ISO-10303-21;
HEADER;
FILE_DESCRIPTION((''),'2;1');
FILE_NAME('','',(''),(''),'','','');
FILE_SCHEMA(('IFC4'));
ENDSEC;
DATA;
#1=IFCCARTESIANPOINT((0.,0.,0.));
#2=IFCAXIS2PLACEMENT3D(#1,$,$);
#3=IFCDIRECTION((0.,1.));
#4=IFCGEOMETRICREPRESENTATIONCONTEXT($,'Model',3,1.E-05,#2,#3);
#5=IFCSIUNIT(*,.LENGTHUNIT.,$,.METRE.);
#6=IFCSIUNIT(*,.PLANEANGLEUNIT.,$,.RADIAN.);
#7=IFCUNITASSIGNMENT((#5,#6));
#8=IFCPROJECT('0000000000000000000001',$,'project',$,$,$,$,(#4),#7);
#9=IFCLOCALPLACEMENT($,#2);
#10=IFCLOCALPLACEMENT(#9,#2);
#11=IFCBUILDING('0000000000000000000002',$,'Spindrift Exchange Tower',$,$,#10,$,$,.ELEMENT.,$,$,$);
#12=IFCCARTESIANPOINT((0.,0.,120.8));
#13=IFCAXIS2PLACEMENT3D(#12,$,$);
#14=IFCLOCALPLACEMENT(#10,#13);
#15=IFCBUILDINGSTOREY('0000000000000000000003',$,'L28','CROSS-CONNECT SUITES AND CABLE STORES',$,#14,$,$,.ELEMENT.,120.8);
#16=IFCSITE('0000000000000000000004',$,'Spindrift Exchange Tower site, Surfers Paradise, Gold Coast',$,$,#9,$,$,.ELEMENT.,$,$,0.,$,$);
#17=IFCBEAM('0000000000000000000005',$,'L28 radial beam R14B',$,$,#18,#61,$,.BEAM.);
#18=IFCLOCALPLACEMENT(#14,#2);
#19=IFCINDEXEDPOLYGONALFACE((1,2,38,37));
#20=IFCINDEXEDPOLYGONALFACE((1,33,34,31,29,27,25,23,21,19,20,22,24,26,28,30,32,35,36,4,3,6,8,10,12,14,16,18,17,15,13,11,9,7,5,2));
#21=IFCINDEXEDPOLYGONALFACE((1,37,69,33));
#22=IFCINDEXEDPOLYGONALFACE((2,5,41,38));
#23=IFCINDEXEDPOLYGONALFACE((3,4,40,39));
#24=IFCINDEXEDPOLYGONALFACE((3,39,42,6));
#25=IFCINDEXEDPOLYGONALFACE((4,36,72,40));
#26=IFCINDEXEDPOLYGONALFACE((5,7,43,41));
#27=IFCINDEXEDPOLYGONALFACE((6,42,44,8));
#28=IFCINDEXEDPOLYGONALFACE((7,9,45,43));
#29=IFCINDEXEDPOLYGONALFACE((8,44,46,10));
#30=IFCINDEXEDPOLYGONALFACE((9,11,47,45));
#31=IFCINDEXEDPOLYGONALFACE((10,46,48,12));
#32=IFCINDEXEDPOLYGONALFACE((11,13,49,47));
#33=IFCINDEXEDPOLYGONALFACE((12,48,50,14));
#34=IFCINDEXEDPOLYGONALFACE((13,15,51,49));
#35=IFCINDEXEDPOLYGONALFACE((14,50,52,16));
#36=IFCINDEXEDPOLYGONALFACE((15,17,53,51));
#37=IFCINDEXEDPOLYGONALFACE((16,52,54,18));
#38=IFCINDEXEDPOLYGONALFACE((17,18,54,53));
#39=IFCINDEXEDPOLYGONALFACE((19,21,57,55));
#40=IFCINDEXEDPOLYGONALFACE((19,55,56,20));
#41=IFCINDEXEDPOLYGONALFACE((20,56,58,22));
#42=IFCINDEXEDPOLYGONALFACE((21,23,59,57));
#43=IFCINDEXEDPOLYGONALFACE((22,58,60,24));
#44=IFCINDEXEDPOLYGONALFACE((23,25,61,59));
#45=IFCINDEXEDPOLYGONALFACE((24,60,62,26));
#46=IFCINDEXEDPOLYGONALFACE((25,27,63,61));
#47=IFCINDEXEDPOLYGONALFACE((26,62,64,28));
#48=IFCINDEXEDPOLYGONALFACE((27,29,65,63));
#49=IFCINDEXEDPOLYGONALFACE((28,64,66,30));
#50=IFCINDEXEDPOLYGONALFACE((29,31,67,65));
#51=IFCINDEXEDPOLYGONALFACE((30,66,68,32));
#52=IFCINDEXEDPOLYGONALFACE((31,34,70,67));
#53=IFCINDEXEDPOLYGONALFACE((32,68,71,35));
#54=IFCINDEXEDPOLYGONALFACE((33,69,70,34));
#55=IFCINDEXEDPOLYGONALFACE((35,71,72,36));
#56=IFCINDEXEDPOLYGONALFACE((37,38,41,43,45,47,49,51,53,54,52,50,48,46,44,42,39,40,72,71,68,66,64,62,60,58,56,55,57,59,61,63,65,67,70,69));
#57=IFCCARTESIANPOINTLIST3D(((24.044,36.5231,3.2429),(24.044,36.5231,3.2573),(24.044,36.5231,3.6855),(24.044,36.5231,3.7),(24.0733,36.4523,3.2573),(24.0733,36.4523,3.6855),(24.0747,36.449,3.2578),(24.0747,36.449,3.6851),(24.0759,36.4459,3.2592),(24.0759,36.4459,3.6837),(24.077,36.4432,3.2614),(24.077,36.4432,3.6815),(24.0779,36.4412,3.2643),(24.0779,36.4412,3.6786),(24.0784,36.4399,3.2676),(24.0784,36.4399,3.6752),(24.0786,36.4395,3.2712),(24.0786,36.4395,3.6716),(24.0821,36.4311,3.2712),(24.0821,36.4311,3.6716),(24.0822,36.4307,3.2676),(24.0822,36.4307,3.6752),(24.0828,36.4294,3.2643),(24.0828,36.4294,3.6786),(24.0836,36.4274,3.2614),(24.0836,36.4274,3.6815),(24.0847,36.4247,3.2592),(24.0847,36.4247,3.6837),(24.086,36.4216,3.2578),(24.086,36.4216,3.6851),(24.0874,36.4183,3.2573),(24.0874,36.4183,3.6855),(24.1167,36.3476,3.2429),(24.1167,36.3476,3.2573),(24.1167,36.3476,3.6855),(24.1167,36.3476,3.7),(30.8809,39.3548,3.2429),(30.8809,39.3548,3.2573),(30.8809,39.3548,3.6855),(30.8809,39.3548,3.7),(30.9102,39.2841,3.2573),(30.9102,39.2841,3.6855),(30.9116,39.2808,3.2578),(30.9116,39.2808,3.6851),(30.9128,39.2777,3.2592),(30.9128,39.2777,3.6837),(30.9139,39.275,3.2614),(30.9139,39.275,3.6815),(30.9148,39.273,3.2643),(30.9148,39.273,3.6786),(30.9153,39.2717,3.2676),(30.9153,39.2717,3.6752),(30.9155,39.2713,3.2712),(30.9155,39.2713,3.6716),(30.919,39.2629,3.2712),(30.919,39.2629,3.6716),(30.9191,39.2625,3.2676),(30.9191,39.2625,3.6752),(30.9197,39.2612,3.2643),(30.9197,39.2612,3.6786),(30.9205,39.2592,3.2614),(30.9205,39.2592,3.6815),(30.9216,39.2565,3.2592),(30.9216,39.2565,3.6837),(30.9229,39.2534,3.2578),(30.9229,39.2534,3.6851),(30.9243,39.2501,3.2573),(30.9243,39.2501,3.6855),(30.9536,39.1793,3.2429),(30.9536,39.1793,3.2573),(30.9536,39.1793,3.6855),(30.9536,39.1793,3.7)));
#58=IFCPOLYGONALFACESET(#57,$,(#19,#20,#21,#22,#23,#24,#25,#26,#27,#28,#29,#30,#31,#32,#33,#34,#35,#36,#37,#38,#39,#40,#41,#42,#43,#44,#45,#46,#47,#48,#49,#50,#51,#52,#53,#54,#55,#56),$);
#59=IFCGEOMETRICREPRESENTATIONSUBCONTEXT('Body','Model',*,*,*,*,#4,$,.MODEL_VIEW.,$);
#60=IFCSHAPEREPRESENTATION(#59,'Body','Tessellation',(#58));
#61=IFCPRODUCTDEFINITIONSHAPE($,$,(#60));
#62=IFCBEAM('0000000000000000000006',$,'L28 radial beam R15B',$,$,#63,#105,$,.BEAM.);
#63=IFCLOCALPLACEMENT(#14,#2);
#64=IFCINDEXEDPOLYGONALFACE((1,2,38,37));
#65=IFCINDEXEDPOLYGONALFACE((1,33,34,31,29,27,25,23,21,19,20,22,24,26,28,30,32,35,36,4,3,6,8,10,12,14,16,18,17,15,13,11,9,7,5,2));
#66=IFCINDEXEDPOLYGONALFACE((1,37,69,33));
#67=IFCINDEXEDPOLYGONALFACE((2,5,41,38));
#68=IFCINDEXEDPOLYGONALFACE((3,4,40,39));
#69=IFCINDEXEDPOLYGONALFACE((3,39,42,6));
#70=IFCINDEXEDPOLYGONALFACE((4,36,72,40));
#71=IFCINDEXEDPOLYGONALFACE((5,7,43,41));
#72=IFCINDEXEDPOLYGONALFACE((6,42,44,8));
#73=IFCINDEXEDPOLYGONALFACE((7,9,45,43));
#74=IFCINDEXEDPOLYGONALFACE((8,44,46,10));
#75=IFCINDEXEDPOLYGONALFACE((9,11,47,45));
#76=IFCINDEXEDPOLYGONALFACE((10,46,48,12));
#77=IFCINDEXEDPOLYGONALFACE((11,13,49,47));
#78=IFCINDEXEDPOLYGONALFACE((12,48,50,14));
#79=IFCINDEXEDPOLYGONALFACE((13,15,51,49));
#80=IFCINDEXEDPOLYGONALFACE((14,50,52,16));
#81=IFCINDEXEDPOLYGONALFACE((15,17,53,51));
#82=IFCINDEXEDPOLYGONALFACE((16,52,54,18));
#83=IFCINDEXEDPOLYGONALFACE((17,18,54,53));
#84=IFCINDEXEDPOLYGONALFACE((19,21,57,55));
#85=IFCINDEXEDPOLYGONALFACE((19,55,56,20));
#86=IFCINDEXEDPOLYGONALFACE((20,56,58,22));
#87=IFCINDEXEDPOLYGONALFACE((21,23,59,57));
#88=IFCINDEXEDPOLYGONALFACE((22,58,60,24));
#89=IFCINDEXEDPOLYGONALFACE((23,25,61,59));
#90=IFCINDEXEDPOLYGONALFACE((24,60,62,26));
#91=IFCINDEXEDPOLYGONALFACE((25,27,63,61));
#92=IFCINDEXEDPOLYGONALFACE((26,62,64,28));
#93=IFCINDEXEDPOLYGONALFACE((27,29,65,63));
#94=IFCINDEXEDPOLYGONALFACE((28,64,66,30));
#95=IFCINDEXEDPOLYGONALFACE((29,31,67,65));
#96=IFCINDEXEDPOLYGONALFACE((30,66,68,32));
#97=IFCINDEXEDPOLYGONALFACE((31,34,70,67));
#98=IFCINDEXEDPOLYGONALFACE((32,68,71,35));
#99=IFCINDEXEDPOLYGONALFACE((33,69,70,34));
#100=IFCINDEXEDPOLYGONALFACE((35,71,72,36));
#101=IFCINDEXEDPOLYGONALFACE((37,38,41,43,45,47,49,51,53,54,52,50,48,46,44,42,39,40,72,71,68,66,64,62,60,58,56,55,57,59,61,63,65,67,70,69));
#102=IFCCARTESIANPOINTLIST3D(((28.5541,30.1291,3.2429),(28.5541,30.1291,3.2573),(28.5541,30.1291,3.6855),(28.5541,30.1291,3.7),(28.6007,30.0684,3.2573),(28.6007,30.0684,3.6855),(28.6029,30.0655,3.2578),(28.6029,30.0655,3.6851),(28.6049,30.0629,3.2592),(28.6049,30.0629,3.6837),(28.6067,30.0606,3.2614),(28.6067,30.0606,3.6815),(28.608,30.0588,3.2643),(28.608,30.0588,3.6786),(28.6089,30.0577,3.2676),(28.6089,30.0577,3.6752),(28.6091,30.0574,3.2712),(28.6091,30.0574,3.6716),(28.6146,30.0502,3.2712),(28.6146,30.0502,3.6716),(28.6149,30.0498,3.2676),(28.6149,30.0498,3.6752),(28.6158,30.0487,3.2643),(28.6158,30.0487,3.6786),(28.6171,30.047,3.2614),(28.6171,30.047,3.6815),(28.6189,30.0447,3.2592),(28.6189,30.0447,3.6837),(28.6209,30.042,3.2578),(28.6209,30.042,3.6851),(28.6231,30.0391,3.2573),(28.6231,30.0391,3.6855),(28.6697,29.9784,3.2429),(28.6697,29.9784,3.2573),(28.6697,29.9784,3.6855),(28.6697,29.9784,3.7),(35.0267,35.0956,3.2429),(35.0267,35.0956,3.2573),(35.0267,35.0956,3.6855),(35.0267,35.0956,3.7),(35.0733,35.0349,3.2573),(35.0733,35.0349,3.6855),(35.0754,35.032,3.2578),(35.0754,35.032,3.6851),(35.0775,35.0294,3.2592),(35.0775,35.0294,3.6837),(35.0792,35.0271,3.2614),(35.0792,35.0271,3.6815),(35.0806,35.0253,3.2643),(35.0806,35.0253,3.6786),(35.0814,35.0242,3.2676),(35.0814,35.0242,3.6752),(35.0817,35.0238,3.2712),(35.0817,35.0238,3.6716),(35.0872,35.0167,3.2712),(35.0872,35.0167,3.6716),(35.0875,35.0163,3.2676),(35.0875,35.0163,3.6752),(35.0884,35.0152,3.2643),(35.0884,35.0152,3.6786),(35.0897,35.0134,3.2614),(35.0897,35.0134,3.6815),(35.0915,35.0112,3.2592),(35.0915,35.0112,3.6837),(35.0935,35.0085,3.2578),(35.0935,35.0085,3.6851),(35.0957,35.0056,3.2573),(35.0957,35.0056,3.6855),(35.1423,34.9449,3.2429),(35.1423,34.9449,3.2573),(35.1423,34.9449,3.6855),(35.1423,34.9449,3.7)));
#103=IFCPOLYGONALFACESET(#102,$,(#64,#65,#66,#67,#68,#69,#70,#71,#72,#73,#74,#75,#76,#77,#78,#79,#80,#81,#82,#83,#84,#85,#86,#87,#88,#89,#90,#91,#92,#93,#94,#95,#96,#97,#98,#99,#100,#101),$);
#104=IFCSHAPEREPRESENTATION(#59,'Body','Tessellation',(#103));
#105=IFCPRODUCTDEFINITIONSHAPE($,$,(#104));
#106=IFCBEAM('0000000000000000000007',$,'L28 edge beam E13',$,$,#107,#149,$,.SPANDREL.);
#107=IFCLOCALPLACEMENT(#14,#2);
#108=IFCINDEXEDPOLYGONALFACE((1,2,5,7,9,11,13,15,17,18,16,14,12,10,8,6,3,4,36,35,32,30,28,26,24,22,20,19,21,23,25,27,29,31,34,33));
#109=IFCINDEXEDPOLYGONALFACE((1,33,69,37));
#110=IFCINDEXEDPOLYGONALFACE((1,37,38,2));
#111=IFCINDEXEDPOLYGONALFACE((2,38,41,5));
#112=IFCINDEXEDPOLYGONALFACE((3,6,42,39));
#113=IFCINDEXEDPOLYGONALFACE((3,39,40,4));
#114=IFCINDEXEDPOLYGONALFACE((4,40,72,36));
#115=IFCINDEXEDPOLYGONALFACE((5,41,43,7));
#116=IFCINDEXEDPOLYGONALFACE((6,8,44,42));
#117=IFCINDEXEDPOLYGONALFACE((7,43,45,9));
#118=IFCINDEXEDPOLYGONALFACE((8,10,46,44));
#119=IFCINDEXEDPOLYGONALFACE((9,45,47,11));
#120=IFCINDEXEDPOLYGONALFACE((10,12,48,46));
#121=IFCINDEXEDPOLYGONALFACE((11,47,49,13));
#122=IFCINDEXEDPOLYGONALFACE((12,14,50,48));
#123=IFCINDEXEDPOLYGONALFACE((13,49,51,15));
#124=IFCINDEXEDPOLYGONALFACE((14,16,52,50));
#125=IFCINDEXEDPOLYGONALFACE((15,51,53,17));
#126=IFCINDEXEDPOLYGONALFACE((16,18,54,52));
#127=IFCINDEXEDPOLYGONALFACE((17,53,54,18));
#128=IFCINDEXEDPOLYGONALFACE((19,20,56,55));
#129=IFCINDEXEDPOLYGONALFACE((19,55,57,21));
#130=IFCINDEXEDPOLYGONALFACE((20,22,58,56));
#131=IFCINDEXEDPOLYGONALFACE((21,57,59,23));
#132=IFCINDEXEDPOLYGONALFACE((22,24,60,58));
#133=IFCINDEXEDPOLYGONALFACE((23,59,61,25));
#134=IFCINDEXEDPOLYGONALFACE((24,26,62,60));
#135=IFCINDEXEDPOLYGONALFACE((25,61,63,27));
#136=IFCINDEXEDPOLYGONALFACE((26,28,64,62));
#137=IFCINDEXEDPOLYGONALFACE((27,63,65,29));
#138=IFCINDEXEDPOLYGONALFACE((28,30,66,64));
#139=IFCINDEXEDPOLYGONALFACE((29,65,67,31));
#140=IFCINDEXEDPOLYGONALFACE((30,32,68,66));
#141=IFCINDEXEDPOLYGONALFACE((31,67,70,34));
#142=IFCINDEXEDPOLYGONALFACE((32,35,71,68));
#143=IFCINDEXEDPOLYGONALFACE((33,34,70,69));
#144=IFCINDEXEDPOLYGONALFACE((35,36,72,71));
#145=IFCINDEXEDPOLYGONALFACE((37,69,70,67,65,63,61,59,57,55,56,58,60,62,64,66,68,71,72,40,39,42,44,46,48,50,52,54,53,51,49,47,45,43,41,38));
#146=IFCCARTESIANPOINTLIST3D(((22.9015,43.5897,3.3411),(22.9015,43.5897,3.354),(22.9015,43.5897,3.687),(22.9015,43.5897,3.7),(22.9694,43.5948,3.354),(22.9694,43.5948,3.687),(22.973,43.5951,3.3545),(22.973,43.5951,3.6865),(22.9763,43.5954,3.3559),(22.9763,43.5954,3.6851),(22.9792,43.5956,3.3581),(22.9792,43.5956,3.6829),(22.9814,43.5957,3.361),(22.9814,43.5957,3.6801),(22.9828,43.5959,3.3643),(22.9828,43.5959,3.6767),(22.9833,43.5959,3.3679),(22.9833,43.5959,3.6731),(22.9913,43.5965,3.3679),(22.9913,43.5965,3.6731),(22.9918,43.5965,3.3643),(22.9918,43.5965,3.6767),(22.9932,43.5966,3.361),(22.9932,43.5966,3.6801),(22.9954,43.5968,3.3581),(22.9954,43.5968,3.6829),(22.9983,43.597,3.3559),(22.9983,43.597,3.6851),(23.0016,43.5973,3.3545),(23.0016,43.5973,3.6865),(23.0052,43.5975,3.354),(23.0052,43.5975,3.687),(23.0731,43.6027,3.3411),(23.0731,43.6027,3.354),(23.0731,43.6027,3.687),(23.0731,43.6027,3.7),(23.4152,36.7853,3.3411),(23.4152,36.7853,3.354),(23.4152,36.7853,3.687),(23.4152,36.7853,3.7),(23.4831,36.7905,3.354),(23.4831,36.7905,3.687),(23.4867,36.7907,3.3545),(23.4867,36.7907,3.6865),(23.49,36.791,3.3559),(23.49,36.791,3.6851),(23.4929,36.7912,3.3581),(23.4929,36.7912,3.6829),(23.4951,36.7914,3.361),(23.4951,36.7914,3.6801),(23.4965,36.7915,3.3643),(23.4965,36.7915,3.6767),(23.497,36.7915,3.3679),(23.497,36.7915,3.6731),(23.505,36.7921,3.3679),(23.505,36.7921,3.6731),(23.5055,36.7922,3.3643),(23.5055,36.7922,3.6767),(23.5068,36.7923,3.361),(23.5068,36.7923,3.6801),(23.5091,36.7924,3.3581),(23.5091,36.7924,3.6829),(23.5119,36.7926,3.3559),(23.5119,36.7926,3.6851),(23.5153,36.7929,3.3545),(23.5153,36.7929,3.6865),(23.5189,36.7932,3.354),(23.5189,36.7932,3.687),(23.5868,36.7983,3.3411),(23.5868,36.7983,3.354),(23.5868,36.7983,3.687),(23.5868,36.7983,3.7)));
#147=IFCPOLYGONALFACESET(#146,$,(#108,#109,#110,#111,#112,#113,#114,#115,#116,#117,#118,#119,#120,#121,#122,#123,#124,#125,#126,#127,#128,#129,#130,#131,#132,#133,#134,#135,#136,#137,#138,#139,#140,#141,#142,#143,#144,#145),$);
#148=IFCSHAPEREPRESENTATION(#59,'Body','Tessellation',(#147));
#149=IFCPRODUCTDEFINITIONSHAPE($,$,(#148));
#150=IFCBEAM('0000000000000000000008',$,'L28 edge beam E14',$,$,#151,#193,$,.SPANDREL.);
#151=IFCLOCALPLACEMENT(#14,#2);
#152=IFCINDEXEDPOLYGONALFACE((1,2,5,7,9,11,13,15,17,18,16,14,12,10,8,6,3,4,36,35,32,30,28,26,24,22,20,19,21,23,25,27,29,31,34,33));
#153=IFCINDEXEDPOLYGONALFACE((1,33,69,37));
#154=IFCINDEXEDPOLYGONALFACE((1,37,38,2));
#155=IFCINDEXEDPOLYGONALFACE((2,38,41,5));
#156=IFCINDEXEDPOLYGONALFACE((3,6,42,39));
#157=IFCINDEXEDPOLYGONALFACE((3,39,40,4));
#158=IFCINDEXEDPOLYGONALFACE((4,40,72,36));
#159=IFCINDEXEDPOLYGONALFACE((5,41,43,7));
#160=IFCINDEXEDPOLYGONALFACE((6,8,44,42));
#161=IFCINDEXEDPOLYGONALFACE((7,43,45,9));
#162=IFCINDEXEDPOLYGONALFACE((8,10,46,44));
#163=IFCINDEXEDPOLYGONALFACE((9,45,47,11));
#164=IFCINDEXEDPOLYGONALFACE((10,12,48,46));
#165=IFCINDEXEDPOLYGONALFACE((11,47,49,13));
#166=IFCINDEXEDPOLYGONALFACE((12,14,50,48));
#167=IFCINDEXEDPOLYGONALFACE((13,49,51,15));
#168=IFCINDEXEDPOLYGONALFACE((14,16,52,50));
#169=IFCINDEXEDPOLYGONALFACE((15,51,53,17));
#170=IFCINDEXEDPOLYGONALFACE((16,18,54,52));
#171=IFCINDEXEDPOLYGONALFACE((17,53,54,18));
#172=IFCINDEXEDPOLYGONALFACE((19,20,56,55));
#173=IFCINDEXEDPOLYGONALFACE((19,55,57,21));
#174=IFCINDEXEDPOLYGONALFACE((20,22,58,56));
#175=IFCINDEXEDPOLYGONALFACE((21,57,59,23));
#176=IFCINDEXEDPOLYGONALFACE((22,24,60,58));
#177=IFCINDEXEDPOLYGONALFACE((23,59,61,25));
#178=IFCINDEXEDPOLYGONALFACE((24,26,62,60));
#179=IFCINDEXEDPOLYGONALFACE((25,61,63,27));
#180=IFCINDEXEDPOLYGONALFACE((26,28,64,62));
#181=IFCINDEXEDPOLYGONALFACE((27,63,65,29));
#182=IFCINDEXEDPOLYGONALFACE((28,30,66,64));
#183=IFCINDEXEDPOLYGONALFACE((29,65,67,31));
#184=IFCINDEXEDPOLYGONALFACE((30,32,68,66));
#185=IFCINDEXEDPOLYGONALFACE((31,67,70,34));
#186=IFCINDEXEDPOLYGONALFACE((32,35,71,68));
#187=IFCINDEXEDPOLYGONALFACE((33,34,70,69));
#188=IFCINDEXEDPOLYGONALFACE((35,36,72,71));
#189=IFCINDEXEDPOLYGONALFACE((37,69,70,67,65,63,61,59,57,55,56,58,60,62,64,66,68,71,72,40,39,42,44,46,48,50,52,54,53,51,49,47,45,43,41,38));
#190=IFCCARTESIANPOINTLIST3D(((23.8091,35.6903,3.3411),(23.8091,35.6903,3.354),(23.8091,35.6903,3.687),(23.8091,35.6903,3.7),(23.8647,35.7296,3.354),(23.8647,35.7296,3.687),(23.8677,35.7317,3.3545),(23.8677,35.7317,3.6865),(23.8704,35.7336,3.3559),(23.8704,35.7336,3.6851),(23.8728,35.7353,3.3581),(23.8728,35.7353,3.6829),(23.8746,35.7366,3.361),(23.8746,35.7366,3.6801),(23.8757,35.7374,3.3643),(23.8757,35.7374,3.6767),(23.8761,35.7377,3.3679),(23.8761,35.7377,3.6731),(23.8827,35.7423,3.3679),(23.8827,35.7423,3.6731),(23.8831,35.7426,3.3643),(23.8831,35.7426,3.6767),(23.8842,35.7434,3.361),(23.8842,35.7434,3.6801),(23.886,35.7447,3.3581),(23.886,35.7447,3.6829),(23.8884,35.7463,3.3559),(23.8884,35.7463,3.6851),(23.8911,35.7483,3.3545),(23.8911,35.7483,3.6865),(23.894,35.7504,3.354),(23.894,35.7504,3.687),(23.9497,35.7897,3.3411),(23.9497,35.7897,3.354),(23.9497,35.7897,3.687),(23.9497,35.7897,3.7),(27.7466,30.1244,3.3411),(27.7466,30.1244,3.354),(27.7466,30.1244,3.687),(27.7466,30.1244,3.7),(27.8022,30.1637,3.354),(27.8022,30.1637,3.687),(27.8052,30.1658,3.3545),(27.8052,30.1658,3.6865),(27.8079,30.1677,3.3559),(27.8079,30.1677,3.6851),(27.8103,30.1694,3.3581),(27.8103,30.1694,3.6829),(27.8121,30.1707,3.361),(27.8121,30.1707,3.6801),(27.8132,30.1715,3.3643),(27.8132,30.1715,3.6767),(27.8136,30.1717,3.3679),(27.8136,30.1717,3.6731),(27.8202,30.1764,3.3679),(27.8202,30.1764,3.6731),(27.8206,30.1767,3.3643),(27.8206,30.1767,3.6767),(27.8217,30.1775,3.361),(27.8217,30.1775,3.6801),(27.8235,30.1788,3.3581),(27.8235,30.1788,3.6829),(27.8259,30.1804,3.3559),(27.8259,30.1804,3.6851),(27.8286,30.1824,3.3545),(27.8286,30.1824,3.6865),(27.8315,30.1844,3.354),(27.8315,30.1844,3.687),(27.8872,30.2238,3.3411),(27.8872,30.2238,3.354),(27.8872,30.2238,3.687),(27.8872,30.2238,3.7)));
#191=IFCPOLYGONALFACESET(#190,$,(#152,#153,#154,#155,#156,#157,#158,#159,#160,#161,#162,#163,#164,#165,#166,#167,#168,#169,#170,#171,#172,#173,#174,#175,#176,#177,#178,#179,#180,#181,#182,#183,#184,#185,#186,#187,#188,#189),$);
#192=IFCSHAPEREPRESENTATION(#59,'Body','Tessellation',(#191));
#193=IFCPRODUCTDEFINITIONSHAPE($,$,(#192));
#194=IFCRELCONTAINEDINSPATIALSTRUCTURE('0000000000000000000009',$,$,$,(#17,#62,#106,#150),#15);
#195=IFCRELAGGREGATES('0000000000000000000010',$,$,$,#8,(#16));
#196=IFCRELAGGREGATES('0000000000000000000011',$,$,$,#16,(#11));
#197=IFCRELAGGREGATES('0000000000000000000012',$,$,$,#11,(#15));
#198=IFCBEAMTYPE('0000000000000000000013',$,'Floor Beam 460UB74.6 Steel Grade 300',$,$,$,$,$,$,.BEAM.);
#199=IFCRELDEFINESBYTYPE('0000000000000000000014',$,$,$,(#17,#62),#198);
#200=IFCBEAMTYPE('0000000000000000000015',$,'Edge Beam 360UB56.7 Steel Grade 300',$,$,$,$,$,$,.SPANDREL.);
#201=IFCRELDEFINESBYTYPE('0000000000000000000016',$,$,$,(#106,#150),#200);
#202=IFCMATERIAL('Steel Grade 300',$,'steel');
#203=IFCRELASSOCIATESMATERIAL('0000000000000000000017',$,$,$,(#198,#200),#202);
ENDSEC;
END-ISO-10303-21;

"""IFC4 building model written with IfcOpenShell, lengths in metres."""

from ifc_helpers import new_model, si_unit, direction, frame, origin, origin_2d, place, context, subcontext, project, spatial, i_section, extrude, source, transform, mapped, material, material_profile, profile_set, type_object, element, save


model = new_model("IFC4")

# Units and contexts
model_context = context("Model", 3, precision=1e-05, world=origin(), true_north=direction((0.0, 1.0)))
body_context = subcontext(model_context, "Body", "Model", "MODEL_VIEW")
ifc_project = project(units=[si_unit("LENGTHUNIT", "METRE"), si_unit("PLANEANGLEUNIT", "RADIAN")], contexts=[model_context])

# Site, building, storey
site_placement = place(None, origin())
site = spatial("IfcSite", under=ifc_project, at=site_placement, Name="Spindrift Exchange Tower site, Surfers Paradise, Gold Coast", CompositionType="ELEMENT", RefElevation=0.0)
building_placement = place(site_placement, origin())
building = spatial("IfcBuilding", under=site, at=building_placement, Name="Spindrift Exchange Tower", CompositionType="ELEMENT")
storey_placement = place(building_placement, frame((0.0, 0.0, 120.8)))
storey = spatial("IfcBuildingStorey", under=building, at=storey_placement, Name="L28", Description="CROSS-CONNECT SUITES AND CABLE STORES", CompositionType="ELEMENT", Elevation=120.8)

# Beams
ifc_material_1 = material(Name="Steel Grade 300", Category="steel")
ifc_material_profile_1 = material_profile(ifc_material_1, i_section(OverallWidth=0.1899, OverallDepth=0.457, WebThickness=0.009, FlangeThickness=0.0144, FilletRadius=0.0139, at=origin_2d()), Name="460UB74.6")
ifc_profile_set_1 = profile_set([ifc_material_profile_1], Name="Steel Grade 300")
beam_type_1 = type_object("IfcBeamType", Name="Floor Beam 460UB74.6 Steel Grade 300", PredefinedType="BEAM", material=ifc_profile_set_1)
shared_shape_1 = source(origin(), body_context, "Body", "SweptSolid", [
    extrude(i_section(OverallWidth=0.1899, OverallDepth=0.457, WebThickness=0.009, FlangeThickness=0.0144, FilletRadius=0.0139, at=origin_2d()), origin(), (0.0, 0.0, 1.0), 7.4001),
])
beam_1_placement = place(storey_placement, frame((30.9172, 39.2671, 3.4714), z_axis=(-0.923887, -0.382666, 0.0), x_axis=(0.382666, -0.923887, 0.0)))
element("IfcBeam", 1, at=beam_1_placement, inside=storey, type_object=beam_type_1, Name="L28 radial beam R14B", PredefinedType="BEAM", context=body_context, shape_type="MappedRepresentation", body=[
    mapped(shared_shape_1, transform((0.0, 0.0, 0.0), scale=1.0)),
])
shared_shape_2 = source(origin(), body_context, "Body", "SweptSolid", [
    extrude(i_section(OverallWidth=0.1899, OverallDepth=0.457, WebThickness=0.009, FlangeThickness=0.0144, FilletRadius=0.0139, at=origin_2d()), origin(), (0.0, 0.0, 1.0), 8.1584),
])
beam_2_placement = place(storey_placement, frame((35.0845, 35.0203, 3.4714), z_axis=(-0.793359, -0.608754, 0.0), x_axis=(0.608754, -0.793359, 0.0)))
element("IfcBeam", 2, at=beam_2_placement, inside=storey, type_object=beam_type_1, Name="L28 radial beam R15B", PredefinedType="BEAM", context=body_context, shape_type="MappedRepresentation", body=[
    mapped(shared_shape_2, transform((0.0, 0.0, 0.0), scale=1.0)),
])
ifc_material_profile_2 = material_profile(ifc_material_1, i_section(OverallWidth=0.1721, OverallDepth=0.3589, WebThickness=0.0081, FlangeThickness=0.0129, FilletRadius=0.0139, at=origin_2d()), Name="360UB56.7")
ifc_profile_set_2 = profile_set([ifc_material_profile_2], Name="Steel Grade 300")
beam_type_2 = type_object("IfcBeamType", Name="Edge Beam 360UB56.7 Steel Grade 300", PredefinedType="SPANDREL", material=ifc_profile_set_2)
shared_shape_3 = source(origin(), body_context, "Body", "SweptSolid", [
    extrude(i_section(OverallWidth=0.1721, OverallDepth=0.3589, WebThickness=0.0081, FlangeThickness=0.0129, FilletRadius=0.0139, at=origin_2d()), origin(), (0.0, 0.0, 1.0), 6.8237),
])
beam_3_placement = place(storey_placement, frame((22.9873, 43.5962, 3.5205), z_axis=(0.075276, -0.997163, 0.0), x_axis=(0.997163, 0.075276, 0.0)))
element("IfcBeam", 3, at=beam_3_placement, inside=storey, type_object=beam_type_2, Name="L28 edge beam E13", PredefinedType="SPANDREL", context=body_context, shape_type="MappedRepresentation", body=[
    mapped(shared_shape_3, transform((0.0, 0.0, 0.0), scale=1.0)),
])
shared_shape_4 = source(origin(), body_context, "Body", "SweptSolid", [
    extrude(i_section(OverallWidth=0.1721, OverallDepth=0.3589, WebThickness=0.0081, FlangeThickness=0.0129, FilletRadius=0.0139, at=origin_2d()), origin(), (0.0, 0.0, 1.0), 6.8179),
])
beam_4_placement = place(storey_placement, frame((23.8794, 35.74, 3.5205), z_axis=(0.577526, -0.816372, 0.0), x_axis=(0.816372, 0.577526, 0.0)))
element("IfcBeam", 4, at=beam_4_placement, inside=storey, type_object=beam_type_2, Name="L28 edge beam E14", PredefinedType="SPANDREL", context=body_context, shape_type="MappedRepresentation", body=[
    mapped(shared_shape_4, transform((0.0, 0.0, 0.0), scale=1.0)),
])

save(model, "model.ifc")
